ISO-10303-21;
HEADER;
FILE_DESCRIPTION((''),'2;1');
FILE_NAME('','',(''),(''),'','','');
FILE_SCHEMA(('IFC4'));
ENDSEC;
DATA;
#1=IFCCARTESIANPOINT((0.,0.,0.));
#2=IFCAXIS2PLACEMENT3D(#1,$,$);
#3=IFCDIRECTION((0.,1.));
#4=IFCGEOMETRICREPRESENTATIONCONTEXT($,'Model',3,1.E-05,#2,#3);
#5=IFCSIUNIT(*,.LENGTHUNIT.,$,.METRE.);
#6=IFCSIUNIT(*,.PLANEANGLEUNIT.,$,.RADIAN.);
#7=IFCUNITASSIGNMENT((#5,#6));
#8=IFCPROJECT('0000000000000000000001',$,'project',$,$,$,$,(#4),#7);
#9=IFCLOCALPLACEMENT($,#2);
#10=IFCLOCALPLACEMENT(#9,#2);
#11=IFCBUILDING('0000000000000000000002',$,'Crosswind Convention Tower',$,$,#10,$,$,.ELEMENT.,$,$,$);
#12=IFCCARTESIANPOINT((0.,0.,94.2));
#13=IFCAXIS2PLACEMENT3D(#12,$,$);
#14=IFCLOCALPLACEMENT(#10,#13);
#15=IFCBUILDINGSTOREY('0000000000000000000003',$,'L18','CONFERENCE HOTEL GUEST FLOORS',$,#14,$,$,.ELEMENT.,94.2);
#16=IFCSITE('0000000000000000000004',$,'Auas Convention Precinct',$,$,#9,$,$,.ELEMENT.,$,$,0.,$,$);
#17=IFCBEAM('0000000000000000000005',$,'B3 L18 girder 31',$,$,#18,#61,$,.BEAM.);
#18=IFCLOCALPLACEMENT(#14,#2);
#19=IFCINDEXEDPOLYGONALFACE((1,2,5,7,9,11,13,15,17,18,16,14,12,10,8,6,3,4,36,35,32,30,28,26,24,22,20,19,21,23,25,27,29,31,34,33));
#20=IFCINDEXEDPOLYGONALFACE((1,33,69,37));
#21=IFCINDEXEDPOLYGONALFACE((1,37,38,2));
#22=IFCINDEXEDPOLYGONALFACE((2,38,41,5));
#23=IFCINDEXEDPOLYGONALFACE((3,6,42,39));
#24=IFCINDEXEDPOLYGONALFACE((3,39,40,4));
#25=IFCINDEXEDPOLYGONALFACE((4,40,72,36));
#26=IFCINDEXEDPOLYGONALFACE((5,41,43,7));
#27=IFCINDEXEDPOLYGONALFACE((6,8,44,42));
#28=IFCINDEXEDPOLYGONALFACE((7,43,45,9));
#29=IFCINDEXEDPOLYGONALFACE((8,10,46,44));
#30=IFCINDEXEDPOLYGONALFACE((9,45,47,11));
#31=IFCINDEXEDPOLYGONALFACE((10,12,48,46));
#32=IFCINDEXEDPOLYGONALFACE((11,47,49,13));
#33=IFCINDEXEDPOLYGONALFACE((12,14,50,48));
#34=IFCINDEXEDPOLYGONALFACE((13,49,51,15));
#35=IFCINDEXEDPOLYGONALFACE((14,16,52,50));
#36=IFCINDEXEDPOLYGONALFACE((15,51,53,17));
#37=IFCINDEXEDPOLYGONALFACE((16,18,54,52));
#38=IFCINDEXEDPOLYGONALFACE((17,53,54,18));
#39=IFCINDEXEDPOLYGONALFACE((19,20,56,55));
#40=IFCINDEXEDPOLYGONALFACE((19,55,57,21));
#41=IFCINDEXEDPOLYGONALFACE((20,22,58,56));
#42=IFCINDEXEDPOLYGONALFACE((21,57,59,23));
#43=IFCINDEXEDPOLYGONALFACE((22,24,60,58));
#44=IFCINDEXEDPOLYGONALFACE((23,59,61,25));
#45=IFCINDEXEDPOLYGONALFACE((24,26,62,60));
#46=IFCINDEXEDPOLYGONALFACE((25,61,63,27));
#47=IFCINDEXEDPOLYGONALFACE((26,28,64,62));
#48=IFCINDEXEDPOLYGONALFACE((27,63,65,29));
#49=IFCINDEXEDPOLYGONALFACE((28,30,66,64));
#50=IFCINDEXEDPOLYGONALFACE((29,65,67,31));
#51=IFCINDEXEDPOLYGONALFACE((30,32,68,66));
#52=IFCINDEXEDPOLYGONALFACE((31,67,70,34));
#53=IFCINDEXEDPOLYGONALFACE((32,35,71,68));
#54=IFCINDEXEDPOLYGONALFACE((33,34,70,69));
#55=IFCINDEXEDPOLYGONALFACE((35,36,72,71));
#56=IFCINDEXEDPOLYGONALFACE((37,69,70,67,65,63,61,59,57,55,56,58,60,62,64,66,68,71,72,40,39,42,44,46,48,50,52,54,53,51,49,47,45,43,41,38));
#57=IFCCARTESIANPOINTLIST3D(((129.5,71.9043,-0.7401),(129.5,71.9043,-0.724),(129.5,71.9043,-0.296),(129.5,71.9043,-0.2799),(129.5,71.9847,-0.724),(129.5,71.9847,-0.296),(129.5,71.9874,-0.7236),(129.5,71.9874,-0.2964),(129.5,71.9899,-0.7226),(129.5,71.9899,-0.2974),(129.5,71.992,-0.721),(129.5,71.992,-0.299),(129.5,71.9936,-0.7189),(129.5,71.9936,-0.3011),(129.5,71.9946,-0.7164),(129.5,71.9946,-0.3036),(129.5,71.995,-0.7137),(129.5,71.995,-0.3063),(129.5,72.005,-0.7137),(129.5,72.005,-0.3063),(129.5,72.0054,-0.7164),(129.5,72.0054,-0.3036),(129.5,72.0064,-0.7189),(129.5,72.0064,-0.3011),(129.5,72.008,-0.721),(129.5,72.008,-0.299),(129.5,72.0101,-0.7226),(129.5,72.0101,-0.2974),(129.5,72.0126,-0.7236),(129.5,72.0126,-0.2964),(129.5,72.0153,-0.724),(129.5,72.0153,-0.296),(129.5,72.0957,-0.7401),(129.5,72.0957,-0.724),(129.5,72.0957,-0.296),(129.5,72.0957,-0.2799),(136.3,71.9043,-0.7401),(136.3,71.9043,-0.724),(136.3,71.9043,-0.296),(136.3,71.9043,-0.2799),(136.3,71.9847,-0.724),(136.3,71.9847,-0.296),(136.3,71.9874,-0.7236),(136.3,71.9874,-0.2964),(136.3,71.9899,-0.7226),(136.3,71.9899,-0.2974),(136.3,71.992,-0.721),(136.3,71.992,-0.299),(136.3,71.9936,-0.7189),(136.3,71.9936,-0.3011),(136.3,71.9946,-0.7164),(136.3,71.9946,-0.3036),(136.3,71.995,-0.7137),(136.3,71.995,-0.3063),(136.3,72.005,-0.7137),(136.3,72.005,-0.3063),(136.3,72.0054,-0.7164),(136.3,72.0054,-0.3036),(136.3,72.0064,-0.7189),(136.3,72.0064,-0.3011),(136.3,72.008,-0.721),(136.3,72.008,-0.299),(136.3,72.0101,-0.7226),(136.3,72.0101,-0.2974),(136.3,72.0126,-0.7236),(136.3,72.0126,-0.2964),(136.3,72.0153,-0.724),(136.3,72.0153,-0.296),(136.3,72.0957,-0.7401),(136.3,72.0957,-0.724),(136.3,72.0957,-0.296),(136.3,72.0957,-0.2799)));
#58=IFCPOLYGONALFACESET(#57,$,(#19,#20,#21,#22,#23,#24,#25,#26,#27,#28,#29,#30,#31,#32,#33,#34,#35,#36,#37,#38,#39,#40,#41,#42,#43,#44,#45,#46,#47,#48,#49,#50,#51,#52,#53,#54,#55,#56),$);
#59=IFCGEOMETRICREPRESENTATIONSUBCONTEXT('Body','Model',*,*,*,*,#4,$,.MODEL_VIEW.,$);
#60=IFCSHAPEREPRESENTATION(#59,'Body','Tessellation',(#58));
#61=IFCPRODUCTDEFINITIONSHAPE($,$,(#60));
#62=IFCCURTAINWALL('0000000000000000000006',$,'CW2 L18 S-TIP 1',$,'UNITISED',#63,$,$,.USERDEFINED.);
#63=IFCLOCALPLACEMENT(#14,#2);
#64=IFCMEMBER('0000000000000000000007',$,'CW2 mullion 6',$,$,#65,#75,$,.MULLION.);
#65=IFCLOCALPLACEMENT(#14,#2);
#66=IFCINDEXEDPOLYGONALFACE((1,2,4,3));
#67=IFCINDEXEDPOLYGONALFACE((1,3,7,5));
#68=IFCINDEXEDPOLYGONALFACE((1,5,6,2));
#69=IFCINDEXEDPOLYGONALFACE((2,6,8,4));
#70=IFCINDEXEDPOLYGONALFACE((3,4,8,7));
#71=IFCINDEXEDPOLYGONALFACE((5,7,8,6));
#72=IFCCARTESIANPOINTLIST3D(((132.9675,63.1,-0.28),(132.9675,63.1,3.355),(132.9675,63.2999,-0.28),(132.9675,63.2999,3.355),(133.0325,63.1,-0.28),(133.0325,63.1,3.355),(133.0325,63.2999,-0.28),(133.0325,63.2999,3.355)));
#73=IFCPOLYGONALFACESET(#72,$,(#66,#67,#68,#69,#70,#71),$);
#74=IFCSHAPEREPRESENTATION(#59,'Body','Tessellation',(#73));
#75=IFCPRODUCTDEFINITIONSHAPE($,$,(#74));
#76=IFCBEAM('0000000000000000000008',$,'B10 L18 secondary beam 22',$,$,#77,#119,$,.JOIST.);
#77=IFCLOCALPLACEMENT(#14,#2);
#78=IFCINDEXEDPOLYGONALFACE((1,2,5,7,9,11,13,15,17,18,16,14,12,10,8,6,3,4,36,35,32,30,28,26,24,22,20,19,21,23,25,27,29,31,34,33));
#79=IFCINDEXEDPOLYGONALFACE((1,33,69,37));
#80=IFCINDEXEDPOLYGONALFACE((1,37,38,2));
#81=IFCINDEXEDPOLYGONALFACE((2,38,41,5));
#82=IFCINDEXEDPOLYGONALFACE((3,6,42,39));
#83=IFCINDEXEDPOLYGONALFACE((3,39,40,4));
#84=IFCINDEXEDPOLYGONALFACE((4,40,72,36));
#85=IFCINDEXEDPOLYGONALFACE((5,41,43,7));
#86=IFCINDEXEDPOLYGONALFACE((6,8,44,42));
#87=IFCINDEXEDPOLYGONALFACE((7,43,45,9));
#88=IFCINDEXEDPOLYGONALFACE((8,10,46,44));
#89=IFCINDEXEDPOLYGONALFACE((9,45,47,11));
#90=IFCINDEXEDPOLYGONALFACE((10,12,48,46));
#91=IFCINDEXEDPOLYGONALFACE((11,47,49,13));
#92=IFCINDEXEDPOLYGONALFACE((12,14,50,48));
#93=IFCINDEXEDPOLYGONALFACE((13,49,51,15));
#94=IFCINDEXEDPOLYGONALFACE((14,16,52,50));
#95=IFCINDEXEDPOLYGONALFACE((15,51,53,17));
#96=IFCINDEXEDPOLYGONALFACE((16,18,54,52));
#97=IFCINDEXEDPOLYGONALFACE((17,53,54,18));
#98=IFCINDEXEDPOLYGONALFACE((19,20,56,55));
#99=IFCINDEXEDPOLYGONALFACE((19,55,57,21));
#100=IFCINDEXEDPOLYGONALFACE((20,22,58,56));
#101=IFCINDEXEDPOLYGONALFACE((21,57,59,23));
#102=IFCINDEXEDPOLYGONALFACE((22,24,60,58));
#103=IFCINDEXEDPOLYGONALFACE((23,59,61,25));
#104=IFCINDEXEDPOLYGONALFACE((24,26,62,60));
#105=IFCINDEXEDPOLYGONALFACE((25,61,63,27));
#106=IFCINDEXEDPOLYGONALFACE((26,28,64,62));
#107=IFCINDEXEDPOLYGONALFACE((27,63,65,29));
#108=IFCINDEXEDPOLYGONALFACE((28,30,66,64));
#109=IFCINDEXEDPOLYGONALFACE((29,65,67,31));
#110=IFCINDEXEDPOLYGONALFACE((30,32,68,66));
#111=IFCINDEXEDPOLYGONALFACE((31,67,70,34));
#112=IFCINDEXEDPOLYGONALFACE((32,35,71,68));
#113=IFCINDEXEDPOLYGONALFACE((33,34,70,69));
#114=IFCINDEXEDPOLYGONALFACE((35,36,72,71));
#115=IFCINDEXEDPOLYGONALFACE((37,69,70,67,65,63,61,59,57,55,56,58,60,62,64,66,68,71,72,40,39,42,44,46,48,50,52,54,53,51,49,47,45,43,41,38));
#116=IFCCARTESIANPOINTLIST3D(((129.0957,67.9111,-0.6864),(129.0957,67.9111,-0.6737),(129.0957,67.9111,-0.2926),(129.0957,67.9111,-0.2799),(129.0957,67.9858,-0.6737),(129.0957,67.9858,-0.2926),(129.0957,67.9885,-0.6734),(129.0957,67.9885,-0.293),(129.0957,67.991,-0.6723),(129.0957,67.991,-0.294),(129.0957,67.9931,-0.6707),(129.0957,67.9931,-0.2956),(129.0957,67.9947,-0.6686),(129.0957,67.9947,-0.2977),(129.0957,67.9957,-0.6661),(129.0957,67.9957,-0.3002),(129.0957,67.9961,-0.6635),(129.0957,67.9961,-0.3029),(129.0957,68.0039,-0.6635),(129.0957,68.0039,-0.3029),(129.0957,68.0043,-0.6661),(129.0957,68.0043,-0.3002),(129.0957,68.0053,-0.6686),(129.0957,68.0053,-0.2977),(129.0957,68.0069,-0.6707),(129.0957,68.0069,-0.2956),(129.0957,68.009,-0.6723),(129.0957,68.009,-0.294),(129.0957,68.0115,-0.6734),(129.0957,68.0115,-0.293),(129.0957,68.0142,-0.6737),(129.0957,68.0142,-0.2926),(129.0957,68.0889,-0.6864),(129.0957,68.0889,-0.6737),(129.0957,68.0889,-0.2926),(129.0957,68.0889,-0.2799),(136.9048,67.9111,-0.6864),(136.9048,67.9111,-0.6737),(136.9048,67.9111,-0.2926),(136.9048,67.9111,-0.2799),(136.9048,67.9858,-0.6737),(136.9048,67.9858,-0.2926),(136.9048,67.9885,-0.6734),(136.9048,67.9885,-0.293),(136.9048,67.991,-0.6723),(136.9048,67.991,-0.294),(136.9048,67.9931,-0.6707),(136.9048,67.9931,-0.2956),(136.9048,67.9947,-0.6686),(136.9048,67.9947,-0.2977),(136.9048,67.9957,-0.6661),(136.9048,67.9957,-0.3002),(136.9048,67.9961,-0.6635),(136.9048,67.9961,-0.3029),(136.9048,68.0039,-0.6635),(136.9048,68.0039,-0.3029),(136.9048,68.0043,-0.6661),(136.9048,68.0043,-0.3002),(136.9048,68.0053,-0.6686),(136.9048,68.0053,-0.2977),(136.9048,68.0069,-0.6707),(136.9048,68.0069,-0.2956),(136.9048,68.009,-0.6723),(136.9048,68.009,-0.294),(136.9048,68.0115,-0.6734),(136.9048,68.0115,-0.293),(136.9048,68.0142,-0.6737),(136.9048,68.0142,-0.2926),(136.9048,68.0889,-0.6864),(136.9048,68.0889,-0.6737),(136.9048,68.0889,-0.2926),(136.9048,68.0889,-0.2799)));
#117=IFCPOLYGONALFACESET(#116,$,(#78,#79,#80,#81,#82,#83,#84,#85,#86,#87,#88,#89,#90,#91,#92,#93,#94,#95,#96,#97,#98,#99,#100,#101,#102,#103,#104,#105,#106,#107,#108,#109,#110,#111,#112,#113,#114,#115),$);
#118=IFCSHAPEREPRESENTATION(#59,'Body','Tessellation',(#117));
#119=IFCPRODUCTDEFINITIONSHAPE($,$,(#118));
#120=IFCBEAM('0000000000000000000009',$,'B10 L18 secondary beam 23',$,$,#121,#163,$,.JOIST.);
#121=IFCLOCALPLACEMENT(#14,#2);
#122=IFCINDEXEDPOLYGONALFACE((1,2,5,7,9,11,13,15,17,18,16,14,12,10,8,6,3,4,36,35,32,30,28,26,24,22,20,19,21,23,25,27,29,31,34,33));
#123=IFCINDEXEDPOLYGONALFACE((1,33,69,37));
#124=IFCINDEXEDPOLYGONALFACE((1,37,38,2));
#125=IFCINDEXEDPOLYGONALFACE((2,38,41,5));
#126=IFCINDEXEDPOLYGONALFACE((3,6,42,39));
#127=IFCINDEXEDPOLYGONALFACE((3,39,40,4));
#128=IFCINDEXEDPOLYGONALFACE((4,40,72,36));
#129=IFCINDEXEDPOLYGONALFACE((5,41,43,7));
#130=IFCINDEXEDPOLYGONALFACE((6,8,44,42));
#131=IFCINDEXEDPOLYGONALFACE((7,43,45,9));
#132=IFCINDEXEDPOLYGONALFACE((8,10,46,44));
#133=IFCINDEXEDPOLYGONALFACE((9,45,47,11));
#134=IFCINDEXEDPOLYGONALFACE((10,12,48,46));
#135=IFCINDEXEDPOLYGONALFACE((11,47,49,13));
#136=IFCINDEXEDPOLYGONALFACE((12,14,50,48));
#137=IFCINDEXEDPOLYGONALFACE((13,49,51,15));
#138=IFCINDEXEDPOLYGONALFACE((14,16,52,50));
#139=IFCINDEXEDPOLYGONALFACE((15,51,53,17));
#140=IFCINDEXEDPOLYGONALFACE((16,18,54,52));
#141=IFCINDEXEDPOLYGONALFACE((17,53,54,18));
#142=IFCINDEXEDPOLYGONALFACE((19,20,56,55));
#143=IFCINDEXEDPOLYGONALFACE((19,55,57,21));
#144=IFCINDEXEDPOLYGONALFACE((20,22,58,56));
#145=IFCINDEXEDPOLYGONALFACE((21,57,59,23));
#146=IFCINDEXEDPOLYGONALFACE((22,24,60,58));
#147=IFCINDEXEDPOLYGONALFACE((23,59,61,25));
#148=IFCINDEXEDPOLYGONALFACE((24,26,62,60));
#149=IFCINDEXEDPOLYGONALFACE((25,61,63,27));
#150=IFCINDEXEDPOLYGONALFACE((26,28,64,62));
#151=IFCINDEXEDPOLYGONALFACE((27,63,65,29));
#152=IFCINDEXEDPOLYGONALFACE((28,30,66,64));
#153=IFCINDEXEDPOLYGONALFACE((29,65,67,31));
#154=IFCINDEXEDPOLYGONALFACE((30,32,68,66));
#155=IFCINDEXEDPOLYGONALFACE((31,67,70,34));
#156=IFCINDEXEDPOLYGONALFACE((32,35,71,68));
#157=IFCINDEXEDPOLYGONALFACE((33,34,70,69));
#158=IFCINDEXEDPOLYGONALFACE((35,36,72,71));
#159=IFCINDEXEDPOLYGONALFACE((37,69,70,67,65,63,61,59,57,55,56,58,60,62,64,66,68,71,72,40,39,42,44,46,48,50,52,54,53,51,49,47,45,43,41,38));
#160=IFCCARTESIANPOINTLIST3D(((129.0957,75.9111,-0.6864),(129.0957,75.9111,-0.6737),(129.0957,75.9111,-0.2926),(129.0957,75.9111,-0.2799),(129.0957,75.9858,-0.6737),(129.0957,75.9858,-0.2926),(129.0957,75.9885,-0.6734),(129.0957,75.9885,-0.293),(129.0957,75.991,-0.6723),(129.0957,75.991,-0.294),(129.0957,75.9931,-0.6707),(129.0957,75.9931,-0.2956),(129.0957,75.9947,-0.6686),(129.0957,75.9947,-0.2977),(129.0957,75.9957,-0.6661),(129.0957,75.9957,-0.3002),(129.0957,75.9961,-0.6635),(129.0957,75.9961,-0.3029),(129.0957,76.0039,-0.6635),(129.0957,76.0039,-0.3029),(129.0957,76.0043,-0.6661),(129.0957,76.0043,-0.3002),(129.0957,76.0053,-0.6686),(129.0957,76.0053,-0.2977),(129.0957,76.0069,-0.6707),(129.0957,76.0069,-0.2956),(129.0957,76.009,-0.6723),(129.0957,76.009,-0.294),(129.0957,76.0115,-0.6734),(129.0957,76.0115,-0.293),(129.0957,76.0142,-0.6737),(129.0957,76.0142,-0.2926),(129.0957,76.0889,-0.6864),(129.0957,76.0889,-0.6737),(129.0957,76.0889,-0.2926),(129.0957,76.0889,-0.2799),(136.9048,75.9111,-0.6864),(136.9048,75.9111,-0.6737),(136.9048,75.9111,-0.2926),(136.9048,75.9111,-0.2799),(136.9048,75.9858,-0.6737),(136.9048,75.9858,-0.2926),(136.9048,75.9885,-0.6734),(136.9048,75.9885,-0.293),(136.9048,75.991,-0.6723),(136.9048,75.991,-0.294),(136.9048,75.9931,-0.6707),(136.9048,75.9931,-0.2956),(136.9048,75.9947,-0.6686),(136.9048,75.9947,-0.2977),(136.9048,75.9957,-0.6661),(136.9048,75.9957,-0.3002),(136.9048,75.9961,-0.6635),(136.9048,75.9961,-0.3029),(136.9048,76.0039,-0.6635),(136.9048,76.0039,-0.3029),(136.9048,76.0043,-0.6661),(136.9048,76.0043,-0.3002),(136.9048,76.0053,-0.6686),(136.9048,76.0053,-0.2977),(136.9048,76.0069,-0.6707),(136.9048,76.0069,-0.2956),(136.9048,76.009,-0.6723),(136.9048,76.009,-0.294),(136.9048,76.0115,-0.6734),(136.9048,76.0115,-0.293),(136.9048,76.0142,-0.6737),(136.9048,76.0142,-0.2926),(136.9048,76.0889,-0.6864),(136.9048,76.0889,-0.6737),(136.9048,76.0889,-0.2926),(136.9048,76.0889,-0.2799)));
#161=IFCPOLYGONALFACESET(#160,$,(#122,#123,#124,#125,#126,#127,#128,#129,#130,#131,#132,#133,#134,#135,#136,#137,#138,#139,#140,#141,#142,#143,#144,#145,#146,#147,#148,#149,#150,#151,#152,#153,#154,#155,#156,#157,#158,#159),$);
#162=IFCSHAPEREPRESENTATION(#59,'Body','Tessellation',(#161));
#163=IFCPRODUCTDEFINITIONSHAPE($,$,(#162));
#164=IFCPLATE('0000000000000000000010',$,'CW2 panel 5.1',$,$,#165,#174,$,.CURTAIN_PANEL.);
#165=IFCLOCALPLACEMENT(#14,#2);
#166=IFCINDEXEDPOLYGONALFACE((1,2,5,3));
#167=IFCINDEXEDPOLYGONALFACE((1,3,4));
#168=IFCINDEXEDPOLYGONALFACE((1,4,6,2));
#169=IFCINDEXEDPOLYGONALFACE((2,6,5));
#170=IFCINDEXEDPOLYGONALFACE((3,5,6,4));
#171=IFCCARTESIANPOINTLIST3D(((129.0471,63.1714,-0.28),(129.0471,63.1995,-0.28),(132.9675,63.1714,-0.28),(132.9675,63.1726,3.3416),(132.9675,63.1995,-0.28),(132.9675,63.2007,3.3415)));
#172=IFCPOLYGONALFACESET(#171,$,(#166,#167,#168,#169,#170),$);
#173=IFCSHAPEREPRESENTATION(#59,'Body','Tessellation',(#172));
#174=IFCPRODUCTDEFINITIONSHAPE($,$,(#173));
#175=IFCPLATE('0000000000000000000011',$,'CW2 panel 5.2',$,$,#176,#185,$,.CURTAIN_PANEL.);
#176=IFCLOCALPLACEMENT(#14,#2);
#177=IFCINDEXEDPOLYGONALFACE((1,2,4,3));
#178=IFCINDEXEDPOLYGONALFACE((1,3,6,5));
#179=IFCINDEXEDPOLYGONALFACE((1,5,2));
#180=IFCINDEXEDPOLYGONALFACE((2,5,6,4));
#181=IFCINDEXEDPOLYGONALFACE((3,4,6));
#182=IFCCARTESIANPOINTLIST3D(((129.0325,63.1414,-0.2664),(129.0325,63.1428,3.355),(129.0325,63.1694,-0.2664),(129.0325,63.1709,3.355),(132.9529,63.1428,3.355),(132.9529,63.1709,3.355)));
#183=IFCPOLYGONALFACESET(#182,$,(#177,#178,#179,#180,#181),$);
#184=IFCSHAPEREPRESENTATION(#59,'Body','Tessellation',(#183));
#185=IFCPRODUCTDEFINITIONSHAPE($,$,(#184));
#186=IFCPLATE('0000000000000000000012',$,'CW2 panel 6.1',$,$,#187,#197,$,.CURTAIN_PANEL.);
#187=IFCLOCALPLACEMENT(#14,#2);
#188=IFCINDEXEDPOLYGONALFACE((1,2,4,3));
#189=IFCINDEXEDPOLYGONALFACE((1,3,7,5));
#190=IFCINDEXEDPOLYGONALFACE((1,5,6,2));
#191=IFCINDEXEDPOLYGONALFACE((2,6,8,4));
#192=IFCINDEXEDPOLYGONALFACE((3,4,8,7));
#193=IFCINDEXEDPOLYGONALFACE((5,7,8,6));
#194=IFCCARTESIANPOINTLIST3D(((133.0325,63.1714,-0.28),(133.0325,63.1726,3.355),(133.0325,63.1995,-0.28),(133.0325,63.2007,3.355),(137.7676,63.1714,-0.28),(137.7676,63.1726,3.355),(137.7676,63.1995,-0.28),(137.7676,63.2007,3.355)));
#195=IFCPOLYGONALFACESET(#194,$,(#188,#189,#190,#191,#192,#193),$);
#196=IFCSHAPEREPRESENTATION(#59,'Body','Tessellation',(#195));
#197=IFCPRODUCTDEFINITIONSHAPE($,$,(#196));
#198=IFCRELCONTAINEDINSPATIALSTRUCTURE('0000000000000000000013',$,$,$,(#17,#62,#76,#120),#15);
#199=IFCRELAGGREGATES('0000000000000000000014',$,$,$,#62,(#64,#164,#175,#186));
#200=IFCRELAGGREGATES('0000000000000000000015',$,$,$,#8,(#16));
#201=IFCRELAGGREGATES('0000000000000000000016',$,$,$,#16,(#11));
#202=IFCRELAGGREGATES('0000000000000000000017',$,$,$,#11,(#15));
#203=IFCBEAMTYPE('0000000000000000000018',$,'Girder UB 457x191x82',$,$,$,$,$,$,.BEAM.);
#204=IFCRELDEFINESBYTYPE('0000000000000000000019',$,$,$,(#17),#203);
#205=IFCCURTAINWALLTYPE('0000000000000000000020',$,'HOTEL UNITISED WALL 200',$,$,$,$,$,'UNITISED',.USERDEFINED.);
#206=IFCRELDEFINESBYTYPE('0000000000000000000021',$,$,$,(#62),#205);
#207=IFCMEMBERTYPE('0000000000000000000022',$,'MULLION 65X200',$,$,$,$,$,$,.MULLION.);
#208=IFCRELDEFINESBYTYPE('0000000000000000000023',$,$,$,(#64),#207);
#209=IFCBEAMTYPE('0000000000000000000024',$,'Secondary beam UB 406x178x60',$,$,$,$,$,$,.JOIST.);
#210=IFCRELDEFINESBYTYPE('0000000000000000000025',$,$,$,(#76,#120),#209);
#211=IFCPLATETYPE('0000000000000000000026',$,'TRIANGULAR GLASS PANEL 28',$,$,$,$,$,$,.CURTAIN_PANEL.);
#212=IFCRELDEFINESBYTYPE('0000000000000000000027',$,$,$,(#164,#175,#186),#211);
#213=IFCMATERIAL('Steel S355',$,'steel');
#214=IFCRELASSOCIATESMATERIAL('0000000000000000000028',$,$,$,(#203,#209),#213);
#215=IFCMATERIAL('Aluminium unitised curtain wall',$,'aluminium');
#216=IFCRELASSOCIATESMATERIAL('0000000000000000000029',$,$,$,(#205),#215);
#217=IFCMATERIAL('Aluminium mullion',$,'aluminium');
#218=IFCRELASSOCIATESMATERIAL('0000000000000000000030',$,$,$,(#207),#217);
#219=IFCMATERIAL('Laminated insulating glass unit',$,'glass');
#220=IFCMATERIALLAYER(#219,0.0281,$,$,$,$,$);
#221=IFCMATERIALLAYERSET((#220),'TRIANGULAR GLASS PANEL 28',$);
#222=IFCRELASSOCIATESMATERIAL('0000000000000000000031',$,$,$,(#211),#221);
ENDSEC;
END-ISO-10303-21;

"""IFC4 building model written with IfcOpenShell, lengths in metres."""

from ifc_helpers import new_model, si_unit, direction, frame, origin, origin_2d, place, context, subcontext, project, spatial, polyline, rectangle, i_section, outline, extrude, material, layer, layer_set, material_profile, profile_set, type_object, element, aggregate, save


model = new_model("IFC4")

# Units and contexts
model_context = context("Model", 3, precision=1e-05, world=origin(), true_north=direction((0.0, 1.0)))
body_context = subcontext(model_context, "Body", "Model", "MODEL_VIEW")
ifc_project = project(units=[si_unit("LENGTHUNIT", "METRE"), si_unit("PLANEANGLEUNIT", "RADIAN")], contexts=[model_context])

# Site, building, storey
site_placement = place(None, origin())
site = spatial("IfcSite", under=ifc_project, at=site_placement, Name="Auas Convention Precinct", CompositionType="ELEMENT", RefElevation=0.0)
building_placement = place(site_placement, origin())
building = spatial("IfcBuilding", under=site, at=building_placement, Name="Crosswind Convention Tower", CompositionType="ELEMENT")
storey_placement = place(building_placement, frame((0.0, 0.0, 94.2)))
storey = spatial("IfcBuildingStorey", under=building, at=storey_placement, Name="L18", Description="CONFERENCE HOTEL GUEST FLOORS", CompositionType="ELEMENT", Elevation=94.2)

# Beam
ifc_material_1 = material(Name="Steel S355", Category="steel")
ifc_material_profile_1 = material_profile(ifc_material_1, i_section(OverallWidth=0.1914, OverallDepth=0.4602, WebThickness=0.01, FlangeThickness=0.0161, FilletRadius=0.0103, at=origin_2d()), Name="UB 457x191x82")
ifc_profile_set_1 = profile_set([ifc_material_profile_1], Name="Steel S355")
beam_type_1 = type_object("IfcBeamType", Name="Girder UB 457x191x82", PredefinedType="BEAM", material=ifc_profile_set_1)
beam_1_placement = place(storey_placement, frame((129.5, 72.0, -0.51), z_axis=(1.0, 0.0, 0.0), x_axis=(0.0, 1.0, 0.0)))
element("IfcBeam", 1, at=beam_1_placement, inside=storey, type_object=beam_type_1, Name="B3 L18 girder 31", PredefinedType="BEAM", context=body_context, shape_type="SweptSolid", body=[
    extrude(i_section(OverallWidth=0.1914, OverallDepth=0.4602, WebThickness=0.01, FlangeThickness=0.0161, FilletRadius=0.0103, at=origin_2d()), origin(), (0.0, 0.0, 1.0), 6.8),
])

# Curtain wall, member
ifc_material_2 = material(Name="Aluminium unitised curtain wall", Category="aluminium")
curtain_wall_type = type_object("IfcCurtainWallType", Name="HOTEL UNITISED WALL 200", ElementType="UNITISED", PredefinedType="USERDEFINED", material=ifc_material_2)
curtain_wall_placement = place(storey_placement, origin())
curtain_wall = element("IfcCurtainWall", 2, at=curtain_wall_placement, inside=storey, type_object=curtain_wall_type, Name="CW2 L18 S-TIP 1", ObjectType="UNITISED", PredefinedType="USERDEFINED")
ifc_material_3 = material(Name="Aluminium mullion", Category="aluminium")
ifc_material_profile_2 = material_profile(ifc_material_3, rectangle(XDim=0.2, YDim=0.0649, at=origin_2d()), Name="AL 200X65")
ifc_profile_set_2 = profile_set([ifc_material_profile_2], Name="Aluminium mullion")
member_type = type_object("IfcMemberType", Name="MULLION 65X200", PredefinedType="MULLION", material=ifc_profile_set_2)
member_placement = place(storey_placement, frame((133.0, 63.2, -0.28), z_axis=(0.0, 0.0, 1.0), x_axis=(0.0, -1.0, 0.0)))
member = element("IfcMember", 3, at=member_placement, type_object=member_type, Name="CW2 mullion 6", PredefinedType="MULLION", context=body_context, shape_type="SweptSolid", body=[
    extrude(rectangle(XDim=0.2, YDim=0.0649, at=origin_2d()), origin(), (0.0, 0.0, 1.0), 3.635),
])

# Beams
ifc_material_profile_3 = material_profile(ifc_material_1, i_section(OverallWidth=0.1777, OverallDepth=0.4065, WebThickness=0.0078, FlangeThickness=0.0127, FilletRadius=0.0103, at=origin_2d()), Name="UB 406x178x60")
ifc_profile_set_3 = profile_set([ifc_material_profile_3], Name="Steel S355")
beam_type_2 = type_object("IfcBeamType", Name="Secondary beam UB 406x178x60", PredefinedType="JOIST", material=ifc_profile_set_3)
for number, where, z_axis, x_axis, name in (
    (4, (129.0957, 68.0, -0.4832), (1.0, 0.0, 0.0), (0.0, 1.0, 0.0), "B10 L18 secondary beam 22"),
    (5, (129.0957, 76.0, -0.4832), (1.0, 0.0, 0.0), (0.0, 1.0, 0.0), "B10 L18 secondary beam 23"),
):
    element("IfcBeam", number, at=place(storey_placement, frame(where, z_axis=z_axis, x_axis=x_axis)), inside=storey, type_object=beam_type_2, Name=name, PredefinedType="JOIST", context=body_context, shape_type="SweptSolid", body=[
        extrude(i_section(OverallWidth=0.1777, OverallDepth=0.4065, WebThickness=0.0078, FlangeThickness=0.0127, FilletRadius=0.0103, at=origin_2d()), origin(), (0.0, 0.0, 1.0), 7.8091),
    ])

# Plates
ifc_material_4 = material(Name="Laminated insulating glass unit", Category="glass")
ifc_layer_1 = layer(ifc_material_4, 0.0281)
ifc_layer_set_1 = layer_set([ifc_layer_1], Name="TRIANGULAR GLASS PANEL 28")
plate_type = type_object("IfcPlateType", Name="TRIANGULAR GLASS PANEL 28", PredefinedType="CURTAIN_PANEL", material=ifc_layer_set_1)
plate_1_placement = place(storey_placement, frame((132.9675, 63.1714, -0.28), z_axis=(0.0, -1.0, 0.000337), x_axis=(0.0, 0.000337, 1.0)))
plate_1 = element("IfcPlate", 6, at=plate_1_placement, type_object=plate_type, Name="CW2 panel 5.1", PredefinedType="CURTAIN_PANEL", context=body_context, shape_type="SweptSolid", body=[
    extrude(outline(polyline([(0.0, 0.0), (3.6216, 0.0), (0.0, 3.9204), (0.0, 0.0)])), origin(), (0.0, 0.0, -1.0), 0.0281),
])
plate_2_placement = place(storey_placement, frame((129.0325, 63.1428, 3.355), z_axis=(0.0, -1.0, 0.000405), x_axis=(0.0, -0.000405, -1.0)))
plate_2 = element("IfcPlate", 7, at=plate_2_placement, type_object=plate_type, Name="CW2 panel 5.2", PredefinedType="CURTAIN_PANEL", context=body_context, shape_type="SweptSolid", body=[
    extrude(outline(polyline([(0.0, 0.0), (3.6213, 0.0), (0.0, 3.9204), (0.0, 0.0)])), origin(), (0.0, 0.0, -1.0), 0.0281),
])
plate_3_placement = place(storey_placement, frame((133.0325, 63.1714, -0.28), z_axis=(0.0, -1.0, 0.000336), x_axis=(1.0, 0.0, 0.0)))
plate_3 = element("IfcPlate", 8, at=plate_3_placement, type_object=plate_type, Name="CW2 panel 6.1", PredefinedType="CURTAIN_PANEL", context=body_context, shape_type="SweptSolid", body=[
    extrude(outline(polyline([(0.0, 0.0), (4.7351, 0.0), (4.7351, 3.635), (0.0, 3.635), (0.0, 0.0)])), origin(), (0.0, 0.0, -1.0), 0.0281),
])
aggregate(curtain_wall, [member, plate_1, plate_2, plate_3])

save(model, "model.ifc")
